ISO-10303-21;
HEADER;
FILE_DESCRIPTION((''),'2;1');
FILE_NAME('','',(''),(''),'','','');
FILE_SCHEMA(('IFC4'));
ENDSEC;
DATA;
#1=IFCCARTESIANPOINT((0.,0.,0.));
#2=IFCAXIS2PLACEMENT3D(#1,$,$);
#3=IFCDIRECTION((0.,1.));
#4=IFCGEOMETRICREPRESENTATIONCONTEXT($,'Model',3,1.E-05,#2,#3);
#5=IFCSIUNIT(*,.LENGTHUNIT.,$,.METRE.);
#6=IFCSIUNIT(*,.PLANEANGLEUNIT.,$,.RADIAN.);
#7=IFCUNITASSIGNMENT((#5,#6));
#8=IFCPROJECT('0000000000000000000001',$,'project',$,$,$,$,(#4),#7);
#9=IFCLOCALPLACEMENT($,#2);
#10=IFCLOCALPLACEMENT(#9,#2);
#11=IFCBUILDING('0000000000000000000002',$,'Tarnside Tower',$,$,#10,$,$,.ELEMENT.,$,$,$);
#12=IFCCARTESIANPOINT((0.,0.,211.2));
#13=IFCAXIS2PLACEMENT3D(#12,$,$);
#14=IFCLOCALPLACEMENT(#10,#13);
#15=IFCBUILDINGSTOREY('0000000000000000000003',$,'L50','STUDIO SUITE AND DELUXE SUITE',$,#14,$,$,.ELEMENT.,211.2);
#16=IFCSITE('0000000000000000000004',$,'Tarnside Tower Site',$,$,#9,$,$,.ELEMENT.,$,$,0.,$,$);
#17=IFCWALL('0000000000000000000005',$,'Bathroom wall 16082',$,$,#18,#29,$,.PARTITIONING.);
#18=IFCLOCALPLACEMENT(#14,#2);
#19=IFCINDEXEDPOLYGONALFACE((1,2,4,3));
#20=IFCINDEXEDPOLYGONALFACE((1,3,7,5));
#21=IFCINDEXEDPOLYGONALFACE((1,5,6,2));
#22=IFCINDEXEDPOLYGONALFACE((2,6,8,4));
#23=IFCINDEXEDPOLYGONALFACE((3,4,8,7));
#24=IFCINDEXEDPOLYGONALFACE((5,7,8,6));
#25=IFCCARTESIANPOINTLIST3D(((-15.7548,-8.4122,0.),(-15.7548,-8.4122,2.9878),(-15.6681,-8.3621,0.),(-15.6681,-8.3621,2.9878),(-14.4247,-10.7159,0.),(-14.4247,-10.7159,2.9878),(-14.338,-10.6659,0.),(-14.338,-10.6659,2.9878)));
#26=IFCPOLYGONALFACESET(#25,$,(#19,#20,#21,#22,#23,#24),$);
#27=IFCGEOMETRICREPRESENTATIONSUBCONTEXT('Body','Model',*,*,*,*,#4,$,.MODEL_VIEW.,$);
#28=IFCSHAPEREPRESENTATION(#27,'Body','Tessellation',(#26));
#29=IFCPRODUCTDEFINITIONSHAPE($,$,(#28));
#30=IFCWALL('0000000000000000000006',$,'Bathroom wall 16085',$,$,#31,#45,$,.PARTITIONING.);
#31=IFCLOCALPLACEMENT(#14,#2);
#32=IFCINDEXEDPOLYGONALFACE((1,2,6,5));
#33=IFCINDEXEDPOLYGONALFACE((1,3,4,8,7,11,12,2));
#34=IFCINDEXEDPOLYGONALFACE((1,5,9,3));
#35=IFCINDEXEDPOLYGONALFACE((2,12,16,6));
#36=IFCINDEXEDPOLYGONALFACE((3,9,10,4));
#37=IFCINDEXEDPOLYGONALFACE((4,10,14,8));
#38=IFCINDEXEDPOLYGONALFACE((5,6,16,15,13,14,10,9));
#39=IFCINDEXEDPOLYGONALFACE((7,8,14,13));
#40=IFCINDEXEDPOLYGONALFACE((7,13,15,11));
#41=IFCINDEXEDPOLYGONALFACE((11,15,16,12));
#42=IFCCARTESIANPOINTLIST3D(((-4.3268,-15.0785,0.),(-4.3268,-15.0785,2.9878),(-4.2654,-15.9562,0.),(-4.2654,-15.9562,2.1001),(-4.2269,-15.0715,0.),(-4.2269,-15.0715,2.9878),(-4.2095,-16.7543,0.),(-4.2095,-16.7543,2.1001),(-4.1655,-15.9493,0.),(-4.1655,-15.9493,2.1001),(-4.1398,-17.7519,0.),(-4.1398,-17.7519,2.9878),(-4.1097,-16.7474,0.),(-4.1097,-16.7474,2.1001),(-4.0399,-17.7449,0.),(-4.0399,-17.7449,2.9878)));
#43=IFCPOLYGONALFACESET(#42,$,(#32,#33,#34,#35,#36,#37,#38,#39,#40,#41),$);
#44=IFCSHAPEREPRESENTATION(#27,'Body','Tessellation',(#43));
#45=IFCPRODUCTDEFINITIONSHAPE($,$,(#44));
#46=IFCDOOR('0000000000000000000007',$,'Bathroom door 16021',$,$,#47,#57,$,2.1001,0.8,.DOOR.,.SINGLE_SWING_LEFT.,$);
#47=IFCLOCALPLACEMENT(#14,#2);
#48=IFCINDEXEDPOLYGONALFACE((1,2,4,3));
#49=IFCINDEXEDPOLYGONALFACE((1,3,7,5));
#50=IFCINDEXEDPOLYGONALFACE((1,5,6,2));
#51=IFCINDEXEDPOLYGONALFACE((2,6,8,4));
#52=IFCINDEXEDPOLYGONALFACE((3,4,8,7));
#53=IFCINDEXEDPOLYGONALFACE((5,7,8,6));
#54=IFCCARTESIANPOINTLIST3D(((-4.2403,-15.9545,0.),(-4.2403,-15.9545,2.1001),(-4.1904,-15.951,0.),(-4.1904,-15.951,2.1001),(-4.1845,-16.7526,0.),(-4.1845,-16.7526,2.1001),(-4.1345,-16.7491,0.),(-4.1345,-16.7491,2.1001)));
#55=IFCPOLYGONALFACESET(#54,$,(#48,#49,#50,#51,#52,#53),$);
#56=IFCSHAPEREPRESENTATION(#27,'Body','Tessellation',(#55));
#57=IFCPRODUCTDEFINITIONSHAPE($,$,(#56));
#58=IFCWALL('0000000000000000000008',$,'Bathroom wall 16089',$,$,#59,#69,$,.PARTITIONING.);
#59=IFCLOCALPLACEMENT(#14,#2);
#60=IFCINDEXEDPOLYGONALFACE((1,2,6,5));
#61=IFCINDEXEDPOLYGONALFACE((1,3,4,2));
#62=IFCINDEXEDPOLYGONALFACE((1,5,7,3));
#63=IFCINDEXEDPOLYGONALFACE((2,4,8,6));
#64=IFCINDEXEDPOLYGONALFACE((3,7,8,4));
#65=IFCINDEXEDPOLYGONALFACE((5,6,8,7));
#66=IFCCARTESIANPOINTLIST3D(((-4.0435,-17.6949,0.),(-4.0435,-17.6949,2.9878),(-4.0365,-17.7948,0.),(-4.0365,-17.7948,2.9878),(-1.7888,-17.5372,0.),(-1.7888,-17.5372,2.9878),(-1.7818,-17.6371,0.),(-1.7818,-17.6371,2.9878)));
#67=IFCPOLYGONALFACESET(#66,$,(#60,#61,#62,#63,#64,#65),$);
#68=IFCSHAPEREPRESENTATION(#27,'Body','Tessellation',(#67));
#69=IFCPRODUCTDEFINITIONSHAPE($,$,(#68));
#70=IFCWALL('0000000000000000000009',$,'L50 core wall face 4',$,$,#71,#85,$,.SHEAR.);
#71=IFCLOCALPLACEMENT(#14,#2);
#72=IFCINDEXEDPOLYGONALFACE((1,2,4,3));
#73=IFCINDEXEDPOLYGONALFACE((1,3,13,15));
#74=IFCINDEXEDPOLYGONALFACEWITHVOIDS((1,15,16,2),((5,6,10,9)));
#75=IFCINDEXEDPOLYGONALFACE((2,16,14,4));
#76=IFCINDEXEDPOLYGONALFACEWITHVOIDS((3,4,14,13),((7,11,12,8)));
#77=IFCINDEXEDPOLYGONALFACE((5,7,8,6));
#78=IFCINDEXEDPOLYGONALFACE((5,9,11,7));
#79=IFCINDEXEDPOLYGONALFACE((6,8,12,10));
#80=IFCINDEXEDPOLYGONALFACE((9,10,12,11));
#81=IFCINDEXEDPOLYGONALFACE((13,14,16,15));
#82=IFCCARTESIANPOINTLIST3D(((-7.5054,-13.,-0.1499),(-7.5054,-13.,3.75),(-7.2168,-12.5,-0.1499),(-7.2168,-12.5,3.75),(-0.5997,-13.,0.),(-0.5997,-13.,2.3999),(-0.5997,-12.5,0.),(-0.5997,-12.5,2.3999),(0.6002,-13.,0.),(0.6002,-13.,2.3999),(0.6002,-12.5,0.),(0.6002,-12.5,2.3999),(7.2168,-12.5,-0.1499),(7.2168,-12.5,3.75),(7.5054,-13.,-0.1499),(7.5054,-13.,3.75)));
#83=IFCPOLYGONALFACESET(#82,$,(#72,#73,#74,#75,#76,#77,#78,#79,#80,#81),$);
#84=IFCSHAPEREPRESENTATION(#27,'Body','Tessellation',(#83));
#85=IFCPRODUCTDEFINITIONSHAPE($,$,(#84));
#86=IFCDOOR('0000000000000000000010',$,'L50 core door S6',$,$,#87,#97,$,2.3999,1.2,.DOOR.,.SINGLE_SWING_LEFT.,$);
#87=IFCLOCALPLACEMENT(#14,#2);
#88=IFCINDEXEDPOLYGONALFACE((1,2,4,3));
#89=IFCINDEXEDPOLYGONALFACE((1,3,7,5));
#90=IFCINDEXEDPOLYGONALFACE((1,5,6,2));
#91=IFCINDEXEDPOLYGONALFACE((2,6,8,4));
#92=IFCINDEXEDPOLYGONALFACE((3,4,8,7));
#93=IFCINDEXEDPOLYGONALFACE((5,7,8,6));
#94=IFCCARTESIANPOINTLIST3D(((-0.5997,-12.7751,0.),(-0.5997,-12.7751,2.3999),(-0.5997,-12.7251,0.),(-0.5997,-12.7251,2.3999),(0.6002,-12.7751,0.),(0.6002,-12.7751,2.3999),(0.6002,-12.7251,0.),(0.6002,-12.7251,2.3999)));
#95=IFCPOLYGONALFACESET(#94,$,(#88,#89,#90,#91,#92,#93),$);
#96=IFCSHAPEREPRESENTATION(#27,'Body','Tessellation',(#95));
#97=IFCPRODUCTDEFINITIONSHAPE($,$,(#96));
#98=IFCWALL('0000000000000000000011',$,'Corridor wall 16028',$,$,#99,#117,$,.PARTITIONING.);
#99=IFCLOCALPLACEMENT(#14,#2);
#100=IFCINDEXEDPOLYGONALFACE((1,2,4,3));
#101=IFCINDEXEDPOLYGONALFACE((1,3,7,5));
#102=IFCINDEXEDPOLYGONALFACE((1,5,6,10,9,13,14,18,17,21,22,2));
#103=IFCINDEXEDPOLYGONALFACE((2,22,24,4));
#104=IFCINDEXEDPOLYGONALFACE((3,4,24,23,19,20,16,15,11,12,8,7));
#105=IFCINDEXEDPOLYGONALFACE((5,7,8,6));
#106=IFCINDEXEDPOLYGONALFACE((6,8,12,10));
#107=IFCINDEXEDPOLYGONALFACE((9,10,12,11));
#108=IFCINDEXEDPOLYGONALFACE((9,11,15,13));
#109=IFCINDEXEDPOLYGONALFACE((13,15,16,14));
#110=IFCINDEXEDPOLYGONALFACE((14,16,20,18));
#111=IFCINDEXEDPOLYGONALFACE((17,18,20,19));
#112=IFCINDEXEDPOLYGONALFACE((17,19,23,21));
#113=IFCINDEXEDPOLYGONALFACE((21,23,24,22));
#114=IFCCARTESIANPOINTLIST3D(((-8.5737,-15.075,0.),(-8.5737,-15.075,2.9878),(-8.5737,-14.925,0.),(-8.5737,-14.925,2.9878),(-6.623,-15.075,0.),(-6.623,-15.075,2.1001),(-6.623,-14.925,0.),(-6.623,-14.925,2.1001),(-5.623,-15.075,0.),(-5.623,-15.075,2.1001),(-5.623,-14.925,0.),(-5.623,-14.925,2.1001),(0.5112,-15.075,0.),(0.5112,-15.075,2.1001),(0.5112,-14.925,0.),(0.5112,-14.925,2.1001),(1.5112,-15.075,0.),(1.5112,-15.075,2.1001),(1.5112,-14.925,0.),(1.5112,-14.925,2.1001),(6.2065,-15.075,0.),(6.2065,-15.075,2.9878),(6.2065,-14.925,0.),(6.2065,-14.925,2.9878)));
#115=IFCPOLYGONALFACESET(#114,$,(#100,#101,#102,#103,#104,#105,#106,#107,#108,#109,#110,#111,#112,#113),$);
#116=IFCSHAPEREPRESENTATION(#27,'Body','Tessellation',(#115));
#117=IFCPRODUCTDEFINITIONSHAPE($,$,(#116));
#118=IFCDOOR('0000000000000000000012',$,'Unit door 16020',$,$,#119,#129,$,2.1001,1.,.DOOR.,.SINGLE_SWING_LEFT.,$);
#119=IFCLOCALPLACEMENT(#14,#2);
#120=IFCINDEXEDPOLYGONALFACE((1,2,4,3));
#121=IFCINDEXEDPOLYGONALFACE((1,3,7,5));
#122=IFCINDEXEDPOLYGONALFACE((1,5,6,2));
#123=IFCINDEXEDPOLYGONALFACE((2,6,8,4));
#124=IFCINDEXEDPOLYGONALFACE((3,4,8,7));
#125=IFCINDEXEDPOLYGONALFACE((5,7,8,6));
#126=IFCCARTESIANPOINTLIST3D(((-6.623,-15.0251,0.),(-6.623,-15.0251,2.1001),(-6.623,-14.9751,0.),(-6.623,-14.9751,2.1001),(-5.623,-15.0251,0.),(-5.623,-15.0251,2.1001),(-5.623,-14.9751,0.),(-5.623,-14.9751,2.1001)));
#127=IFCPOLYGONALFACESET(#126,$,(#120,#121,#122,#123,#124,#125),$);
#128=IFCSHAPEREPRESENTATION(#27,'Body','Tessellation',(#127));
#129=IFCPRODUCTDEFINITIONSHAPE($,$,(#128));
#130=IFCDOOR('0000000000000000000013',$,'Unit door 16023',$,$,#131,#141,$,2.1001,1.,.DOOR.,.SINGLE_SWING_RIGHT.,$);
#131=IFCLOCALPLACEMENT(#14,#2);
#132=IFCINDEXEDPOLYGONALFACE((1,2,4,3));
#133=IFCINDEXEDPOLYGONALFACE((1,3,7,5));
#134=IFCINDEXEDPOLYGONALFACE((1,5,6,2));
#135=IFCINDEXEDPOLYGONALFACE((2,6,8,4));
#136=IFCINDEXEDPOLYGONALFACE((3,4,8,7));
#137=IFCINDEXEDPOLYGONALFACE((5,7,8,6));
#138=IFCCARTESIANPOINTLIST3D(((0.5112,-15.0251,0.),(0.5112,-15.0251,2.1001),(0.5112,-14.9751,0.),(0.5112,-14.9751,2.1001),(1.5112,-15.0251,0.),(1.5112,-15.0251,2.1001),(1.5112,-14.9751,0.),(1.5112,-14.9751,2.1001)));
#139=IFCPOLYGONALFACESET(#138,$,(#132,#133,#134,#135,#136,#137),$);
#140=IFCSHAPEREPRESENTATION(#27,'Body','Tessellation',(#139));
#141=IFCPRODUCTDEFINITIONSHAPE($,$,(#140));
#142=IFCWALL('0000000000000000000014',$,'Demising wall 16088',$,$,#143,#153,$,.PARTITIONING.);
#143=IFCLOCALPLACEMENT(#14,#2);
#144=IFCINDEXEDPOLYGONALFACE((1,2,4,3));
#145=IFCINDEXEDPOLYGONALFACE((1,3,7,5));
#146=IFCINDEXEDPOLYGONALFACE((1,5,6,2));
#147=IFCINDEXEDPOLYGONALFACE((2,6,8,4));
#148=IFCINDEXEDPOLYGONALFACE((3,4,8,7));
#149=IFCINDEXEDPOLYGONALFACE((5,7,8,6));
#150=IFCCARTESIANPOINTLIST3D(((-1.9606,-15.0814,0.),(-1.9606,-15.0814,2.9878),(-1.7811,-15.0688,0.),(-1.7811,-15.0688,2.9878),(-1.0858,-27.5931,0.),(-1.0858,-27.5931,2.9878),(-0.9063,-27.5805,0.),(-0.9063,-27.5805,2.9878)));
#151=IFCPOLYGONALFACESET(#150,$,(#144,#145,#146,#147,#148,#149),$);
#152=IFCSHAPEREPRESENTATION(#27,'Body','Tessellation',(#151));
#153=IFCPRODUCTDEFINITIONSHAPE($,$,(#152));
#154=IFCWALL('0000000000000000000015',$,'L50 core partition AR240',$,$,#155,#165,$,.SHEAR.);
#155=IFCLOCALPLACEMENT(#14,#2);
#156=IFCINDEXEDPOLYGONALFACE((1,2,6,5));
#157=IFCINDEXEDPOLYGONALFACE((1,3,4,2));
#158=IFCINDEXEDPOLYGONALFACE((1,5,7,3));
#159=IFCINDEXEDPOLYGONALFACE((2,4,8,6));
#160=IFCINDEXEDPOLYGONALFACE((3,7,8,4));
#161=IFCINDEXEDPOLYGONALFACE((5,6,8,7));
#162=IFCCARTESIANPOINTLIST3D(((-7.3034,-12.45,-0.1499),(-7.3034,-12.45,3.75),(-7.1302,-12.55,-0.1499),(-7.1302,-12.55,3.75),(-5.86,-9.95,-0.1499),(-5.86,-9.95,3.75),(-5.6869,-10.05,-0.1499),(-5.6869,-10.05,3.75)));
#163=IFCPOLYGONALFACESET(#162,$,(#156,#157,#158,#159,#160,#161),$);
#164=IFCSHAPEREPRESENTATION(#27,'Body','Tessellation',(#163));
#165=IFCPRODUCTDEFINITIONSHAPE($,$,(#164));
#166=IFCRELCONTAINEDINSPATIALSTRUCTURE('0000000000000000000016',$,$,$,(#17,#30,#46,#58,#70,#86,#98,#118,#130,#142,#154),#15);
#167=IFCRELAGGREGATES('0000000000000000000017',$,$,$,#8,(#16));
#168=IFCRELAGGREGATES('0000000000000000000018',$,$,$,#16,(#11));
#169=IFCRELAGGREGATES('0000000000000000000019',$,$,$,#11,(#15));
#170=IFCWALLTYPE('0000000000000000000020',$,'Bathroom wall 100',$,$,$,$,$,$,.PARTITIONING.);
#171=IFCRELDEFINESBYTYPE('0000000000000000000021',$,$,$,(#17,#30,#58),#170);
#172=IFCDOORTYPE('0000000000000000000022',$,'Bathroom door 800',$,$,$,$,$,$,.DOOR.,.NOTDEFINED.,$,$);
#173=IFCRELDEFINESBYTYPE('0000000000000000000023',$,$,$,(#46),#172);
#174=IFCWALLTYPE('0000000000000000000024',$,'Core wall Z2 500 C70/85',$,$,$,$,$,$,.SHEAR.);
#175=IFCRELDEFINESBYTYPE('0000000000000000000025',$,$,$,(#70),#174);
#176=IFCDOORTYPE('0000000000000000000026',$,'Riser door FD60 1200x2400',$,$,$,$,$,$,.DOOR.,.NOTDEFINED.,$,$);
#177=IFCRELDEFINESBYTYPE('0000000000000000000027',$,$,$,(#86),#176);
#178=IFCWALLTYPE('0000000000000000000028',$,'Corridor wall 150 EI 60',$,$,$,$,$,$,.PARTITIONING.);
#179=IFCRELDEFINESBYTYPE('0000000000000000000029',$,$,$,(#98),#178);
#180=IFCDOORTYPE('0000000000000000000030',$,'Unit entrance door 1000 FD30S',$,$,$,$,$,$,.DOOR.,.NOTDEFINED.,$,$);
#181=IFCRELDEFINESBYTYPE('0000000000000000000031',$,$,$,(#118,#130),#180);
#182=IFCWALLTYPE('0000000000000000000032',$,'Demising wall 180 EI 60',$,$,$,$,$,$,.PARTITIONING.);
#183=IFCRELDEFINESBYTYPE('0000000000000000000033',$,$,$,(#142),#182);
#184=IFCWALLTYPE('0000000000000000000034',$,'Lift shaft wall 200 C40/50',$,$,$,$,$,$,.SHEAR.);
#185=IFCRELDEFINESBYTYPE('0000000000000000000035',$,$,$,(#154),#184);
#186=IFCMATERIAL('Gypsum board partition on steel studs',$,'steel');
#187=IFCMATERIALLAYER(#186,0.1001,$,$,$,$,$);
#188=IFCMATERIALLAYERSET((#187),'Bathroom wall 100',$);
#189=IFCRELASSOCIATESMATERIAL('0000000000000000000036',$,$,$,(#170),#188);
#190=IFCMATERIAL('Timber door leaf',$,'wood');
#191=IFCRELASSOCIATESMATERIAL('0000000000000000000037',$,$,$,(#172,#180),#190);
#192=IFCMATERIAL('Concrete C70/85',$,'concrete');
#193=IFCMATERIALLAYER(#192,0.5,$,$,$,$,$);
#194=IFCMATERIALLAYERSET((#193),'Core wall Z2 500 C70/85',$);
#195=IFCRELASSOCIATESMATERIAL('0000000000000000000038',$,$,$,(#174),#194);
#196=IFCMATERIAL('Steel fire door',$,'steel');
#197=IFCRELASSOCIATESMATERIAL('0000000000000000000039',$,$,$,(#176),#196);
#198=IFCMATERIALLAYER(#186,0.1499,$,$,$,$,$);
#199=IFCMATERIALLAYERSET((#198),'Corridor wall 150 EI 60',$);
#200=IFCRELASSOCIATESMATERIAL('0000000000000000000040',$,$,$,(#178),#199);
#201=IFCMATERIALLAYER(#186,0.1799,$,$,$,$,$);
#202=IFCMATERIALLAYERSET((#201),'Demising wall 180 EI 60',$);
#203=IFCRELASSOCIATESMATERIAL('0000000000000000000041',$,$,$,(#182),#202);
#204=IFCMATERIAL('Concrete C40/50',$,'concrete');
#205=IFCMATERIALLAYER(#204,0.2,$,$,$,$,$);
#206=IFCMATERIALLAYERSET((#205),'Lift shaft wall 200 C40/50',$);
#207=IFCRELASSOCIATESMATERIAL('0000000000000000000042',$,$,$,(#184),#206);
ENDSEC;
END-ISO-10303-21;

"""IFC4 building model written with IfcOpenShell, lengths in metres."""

from ifc_helpers import new_model, si_unit, direction, frame, frame_2d, origin, place, context, subcontext, project, spatial, polyline, rectangle, outline, extrude, material, layer, layer_set, type_object, element, fill, save


model = new_model("IFC4")

# Units and contexts
model_context = context("Model", 3, precision=1e-05, world=origin(), true_north=direction((0.0, 1.0)))
body_context = subcontext(model_context, "Body", "Model", "MODEL_VIEW")
ifc_project = project(units=[si_unit("LENGTHUNIT", "METRE"), si_unit("PLANEANGLEUNIT", "RADIAN")], contexts=[model_context])

# Site, building, storey
site_placement = place(None, origin())
site = spatial("IfcSite", under=ifc_project, at=site_placement, Name="Tarnside Tower Site", CompositionType="ELEMENT", RefElevation=0.0)
building_placement = place(site_placement, origin())
building = spatial("IfcBuilding", under=site, at=building_placement, Name="Tarnside Tower", CompositionType="ELEMENT")
storey_placement = place(building_placement, frame((0.0, 0.0, 211.2)))
storey = spatial("IfcBuildingStorey", under=building, at=storey_placement, Name="L50", Description="STUDIO SUITE AND DELUXE SUITE", CompositionType="ELEMENT", Elevation=211.2)

# Wall
ifc_material_1 = material(Name="Gypsum board partition on steel studs", Category="steel")
ifc_layer_1 = layer(ifc_material_1, 0.1001)
ifc_layer_set_1 = layer_set([ifc_layer_1], Name="Bathroom wall 100")
wall_type_1 = type_object("IfcWallType", Name="Bathroom wall 100", PredefinedType="PARTITIONING", material=ifc_layer_set_1)
wall_1_placement = place(storey_placement, frame((-14.3813, -10.6909, 0.0), z_axis=(0.0, 0.0, 1.0), x_axis=(-0.500008, 0.866021, 0.0)))
element("IfcWall", 1, at=wall_1_placement, inside=storey, type_object=wall_type_1, Name="Bathroom wall 16082", PredefinedType="PARTITIONING", context=body_context, shape_type="SweptSolid", body=[
    extrude(rectangle(XDim=2.6602, YDim=0.1001, at=frame_2d((1.3301, 0.0))), origin(), (0.0, 0.0, 1.0), 2.9878),
])

# Wall, opening, door
wall_2_placement = place(storey_placement, frame((-4.0898, -17.7483, 0.0), z_axis=(0.0, 0.0, 1.0), x_axis=(-0.069784, 0.997562, 0.0)))
wall_2 = element("IfcWall", 2, at=wall_2_placement, inside=storey, type_object=wall_type_1, Name="Bathroom wall 16085", PredefinedType="PARTITIONING", context=body_context, shape_type="SweptSolid", body=[
    extrude(rectangle(XDim=2.6799, YDim=0.1001, at=frame_2d((1.3398, 0.0))), origin(), (0.0, 0.0, 1.0), 2.9878),
])
opening_1_placement = place(wall_2_placement, frame((1.0, 0.0, 0.0)))
opening_1 = element("IfcOpeningElement", 3, at=opening_1_placement, cuts=wall_2, PredefinedType="OPENING", context=body_context, shape_type="SweptSolid", body=[
    extrude(rectangle(XDim=0.8, YDim=2.1001, at=frame_2d((0.3999, 1.05))), frame((0.0, 0.0601, 0.0), z_axis=(0.0, -1.0, 0.0), x_axis=(1.0, 0.0, 0.0)), (0.0, 0.0, 1.0), 0.1201),
])
ifc_material_2 = material(Name="Timber door leaf", Category="wood")
door_type_1 = type_object("IfcDoorType", Name="Bathroom door 800", OperationType="NOTDEFINED", PredefinedType="DOOR", material=ifc_material_2)
door_1_placement = place(opening_1_placement, origin())
door_1 = element("IfcDoor", 4, at=door_1_placement, inside=storey, type_object=door_type_1, Name="Bathroom door 16021", OperationType="SINGLE_SWING_LEFT", OverallHeight=2.1001, OverallWidth=0.8, PredefinedType="DOOR", context=body_context, shape_type="SweptSolid", body=[
    extrude(rectangle(XDim=0.8, YDim=2.1001, at=frame_2d((0.3999, 1.05))), frame((0.0, 0.0249, 0.0), z_axis=(0.0, -1.0, 0.0), x_axis=(1.0, 0.0, 0.0)), (0.0, 0.0, 1.0), 0.05),
])
fill(opening_1, door_1)

# Wall
wall_3_placement = place(storey_placement, frame((-4.04, -17.7449, 0.0), z_axis=(0.0, 0.0, 1.0), x_axis=(0.997562, 0.069781, 0.0)))
element("IfcWall", 5, at=wall_3_placement, inside=storey, type_object=wall_type_1, Name="Bathroom wall 16089", PredefinedType="PARTITIONING", context=body_context, shape_type="SweptSolid", body=[
    extrude(rectangle(XDim=2.2603, YDim=0.1001, at=frame_2d((1.1301, 0.0))), origin(), (0.0, 0.0, 1.0), 2.9878),
])

# Wall, opening, door
ifc_material_3 = material(Name="Concrete C70/85", Category="concrete")
ifc_layer_2 = layer(ifc_material_3, 0.5)
ifc_layer_set_2 = layer_set([ifc_layer_2], Name="Core wall Z2 500 C70/85")
wall_type_2 = type_object("IfcWallType", Name="Core wall Z2 500 C70/85", PredefinedType="SHEAR", material=ifc_layer_set_2)
wall_4_placement = place(storey_placement, frame((-7.3611, -12.75, -0.1499), z_axis=(0.0, 0.0, 1.0), x_axis=(1.0, 0.0, 0.0)))
wall_4 = element("IfcWall", 6, at=wall_4_placement, inside=storey, type_object=wall_type_2, Name="L50 core wall face 4", PredefinedType="SHEAR", context=body_context, shape_type="SweptSolid", body=[
    extrude(outline(polyline([(-0.1443, -0.25), (14.8665, -0.25), (14.5779, 0.25), (0.1443, 0.25), (-0.1443, -0.25)])), origin(), (0.0, 0.0, 1.0), 3.8999),
])
opening_2_placement = place(wall_4_placement, frame((6.7612, 0.0, 0.1499)))
opening_2 = element("IfcOpeningElement", 7, at=opening_2_placement, cuts=wall_4, PredefinedType="OPENING", context=body_context, shape_type="SweptSolid", body=[
    extrude(rectangle(XDim=1.2, YDim=2.3999, at=frame_2d((0.6001, 1.2))), frame((0.0, 0.26, 0.0), z_axis=(0.0, -1.0, 0.0), x_axis=(1.0, 0.0, 0.0)), (0.0, 0.0, 1.0), 0.52),
])
ifc_material_4 = material(Name="Steel fire door", Category="steel")
door_type_2 = type_object("IfcDoorType", Name="Riser door FD60 1200x2400", OperationType="NOTDEFINED", PredefinedType="DOOR", material=ifc_material_4)
door_2_placement = place(opening_2_placement, origin())
door_2 = element("IfcDoor", 8, at=door_2_placement, inside=storey, type_object=door_type_2, Name="L50 core door S6", OperationType="SINGLE_SWING_LEFT", OverallHeight=2.3999, OverallWidth=1.2, PredefinedType="DOOR", context=body_context, shape_type="SweptSolid", body=[
    extrude(rectangle(XDim=1.2, YDim=2.3999, at=frame_2d((0.6001, 1.2))), frame((0.0, 0.0249, 0.0), z_axis=(0.0, -1.0, 0.0), x_axis=(1.0, 0.0, 0.0)), (0.0, 0.0, 1.0), 0.05),
])
fill(opening_2, door_2)

# Wall, openings, doors
ifc_layer_3 = layer(ifc_material_1, 0.1499)
ifc_layer_set_3 = layer_set([ifc_layer_3], Name="Corridor wall 150 EI 60")
wall_type_3 = type_object("IfcWallType", Name="Corridor wall 150 EI 60", PredefinedType="PARTITIONING", material=ifc_layer_set_3)
wall_5_placement = place(storey_placement, frame((-8.5737, -15.0, 0.0), z_axis=(0.0, 0.0, 1.0), x_axis=(1.0, 0.0, 0.0)))
wall_5 = element("IfcWall", 9, at=wall_5_placement, inside=storey, type_object=wall_type_3, Name="Corridor wall 16028", PredefinedType="PARTITIONING", context=body_context, shape_type="SweptSolid", body=[
    extrude(rectangle(XDim=14.7803, YDim=0.1499, at=frame_2d((7.3901, 0.0))), origin(), (0.0, 0.0, 1.0), 2.9878),
])
opening_3_placement = place(wall_5_placement, frame((1.9507, 0.0, 0.0)))
opening_3 = element("IfcOpeningElement", 10, at=opening_3_placement, cuts=wall_5, PredefinedType="OPENING", context=body_context, shape_type="SweptSolid", body=[
    extrude(rectangle(XDim=1.0, YDim=2.1001, at=frame_2d((0.5, 1.05))), frame((0.0, 0.085, 0.0), z_axis=(0.0, -1.0, 0.0), x_axis=(1.0, 0.0, 0.0)), (0.0, 0.0, 1.0), 0.1699),
])
opening_4_placement = place(wall_5_placement, frame((9.085, 0.0, 0.0)))
opening_4 = element("IfcOpeningElement", 11, at=opening_4_placement, cuts=wall_5, PredefinedType="OPENING", context=body_context, shape_type="SweptSolid", body=[
    extrude(rectangle(XDim=1.0, YDim=2.1001, at=frame_2d((0.5, 1.05))), frame((0.0, 0.085, 0.0), z_axis=(0.0, -1.0, 0.0), x_axis=(1.0, 0.0, 0.0)), (0.0, 0.0, 1.0), 0.1699),
])
door_type_3 = type_object("IfcDoorType", Name="Unit entrance door 1000 FD30S", OperationType="NOTDEFINED", PredefinedType="DOOR", material=ifc_material_2)
door_3_placement = place(opening_3_placement, origin())
door_3 = element("IfcDoor", 12, at=door_3_placement, inside=storey, type_object=door_type_3, Name="Unit door 16020", OperationType="SINGLE_SWING_LEFT", OverallHeight=2.1001, OverallWidth=1.0, PredefinedType="DOOR", context=body_context, shape_type="SweptSolid", body=[
    extrude(rectangle(XDim=1.0, YDim=2.1001, at=frame_2d((0.5, 1.05))), frame((0.0, 0.0249, 0.0), z_axis=(0.0, -1.0, 0.0), x_axis=(1.0, 0.0, 0.0)), (0.0, 0.0, 1.0), 0.05),
])
fill(opening_3, door_3)
door_4_placement = place(opening_4_placement, origin())
door_4 = element("IfcDoor", 13, at=door_4_placement, inside=storey, type_object=door_type_3, Name="Unit door 16023", OperationType="SINGLE_SWING_RIGHT", OverallHeight=2.1001, OverallWidth=1.0, PredefinedType="DOOR", context=body_context, shape_type="SweptSolid", body=[
    extrude(rectangle(XDim=1.0, YDim=2.1001, at=frame_2d((0.5, 1.05))), frame((0.0, 0.0249, 0.0), z_axis=(0.0, -1.0, 0.0), x_axis=(1.0, 0.0, 0.0)), (0.0, 0.0, 1.0), 0.05),
])
fill(opening_4, door_4)

# Walls
ifc_layer_4 = layer(ifc_material_1, 0.1799)
ifc_layer_set_4 = layer_set([ifc_layer_4], Name="Demising wall 180 EI 60")
wall_type_4 = type_object("IfcWallType", Name="Demising wall 180 EI 60", PredefinedType="PARTITIONING", material=ifc_layer_set_4)
wall_6_placement = place(storey_placement, frame((-0.9961, -27.5867, 0.0), z_axis=(0.0, 0.0, 1.0), x_axis=(-0.069745, 0.997565, 0.0)))
element("IfcWall", 14, at=wall_6_placement, inside=storey, type_object=wall_type_4, Name="Demising wall 16088", PredefinedType="PARTITIONING", context=body_context, shape_type="SweptSolid", body=[
    extrude(rectangle(XDim=12.5422, YDim=0.1799, at=frame_2d((6.271, 0.0))), origin(), (0.0, 0.0, 1.0), 2.9878),
])
ifc_material_5 = material(Name="Concrete C40/50", Category="concrete")
ifc_layer_5 = layer(ifc_material_5, 0.2)
ifc_layer_set_5 = layer_set([ifc_layer_5], Name="Lift shaft wall 200 C40/50")
wall_type_5 = type_object("IfcWallType", Name="Lift shaft wall 200 C40/50", PredefinedType="SHEAR", material=ifc_layer_set_5)
wall_7_placement = place(storey_placement, frame((-5.7734, -10.0, -0.1499), z_axis=(0.0, 0.0, 1.0), x_axis=(-0.499996, -0.866028, 0.0)))
element("IfcWall", 15, at=wall_7_placement, inside=storey, type_object=wall_type_5, Name="L50 core partition AR240", PredefinedType="SHEAR", context=body_context, shape_type="SweptSolid", body=[
    extrude(rectangle(XDim=2.8867, YDim=0.2, at=frame_2d((1.4434, 0.0))), origin(), (0.0, 0.0, 1.0), 3.8999),
])

save(model, "model.ifc")
